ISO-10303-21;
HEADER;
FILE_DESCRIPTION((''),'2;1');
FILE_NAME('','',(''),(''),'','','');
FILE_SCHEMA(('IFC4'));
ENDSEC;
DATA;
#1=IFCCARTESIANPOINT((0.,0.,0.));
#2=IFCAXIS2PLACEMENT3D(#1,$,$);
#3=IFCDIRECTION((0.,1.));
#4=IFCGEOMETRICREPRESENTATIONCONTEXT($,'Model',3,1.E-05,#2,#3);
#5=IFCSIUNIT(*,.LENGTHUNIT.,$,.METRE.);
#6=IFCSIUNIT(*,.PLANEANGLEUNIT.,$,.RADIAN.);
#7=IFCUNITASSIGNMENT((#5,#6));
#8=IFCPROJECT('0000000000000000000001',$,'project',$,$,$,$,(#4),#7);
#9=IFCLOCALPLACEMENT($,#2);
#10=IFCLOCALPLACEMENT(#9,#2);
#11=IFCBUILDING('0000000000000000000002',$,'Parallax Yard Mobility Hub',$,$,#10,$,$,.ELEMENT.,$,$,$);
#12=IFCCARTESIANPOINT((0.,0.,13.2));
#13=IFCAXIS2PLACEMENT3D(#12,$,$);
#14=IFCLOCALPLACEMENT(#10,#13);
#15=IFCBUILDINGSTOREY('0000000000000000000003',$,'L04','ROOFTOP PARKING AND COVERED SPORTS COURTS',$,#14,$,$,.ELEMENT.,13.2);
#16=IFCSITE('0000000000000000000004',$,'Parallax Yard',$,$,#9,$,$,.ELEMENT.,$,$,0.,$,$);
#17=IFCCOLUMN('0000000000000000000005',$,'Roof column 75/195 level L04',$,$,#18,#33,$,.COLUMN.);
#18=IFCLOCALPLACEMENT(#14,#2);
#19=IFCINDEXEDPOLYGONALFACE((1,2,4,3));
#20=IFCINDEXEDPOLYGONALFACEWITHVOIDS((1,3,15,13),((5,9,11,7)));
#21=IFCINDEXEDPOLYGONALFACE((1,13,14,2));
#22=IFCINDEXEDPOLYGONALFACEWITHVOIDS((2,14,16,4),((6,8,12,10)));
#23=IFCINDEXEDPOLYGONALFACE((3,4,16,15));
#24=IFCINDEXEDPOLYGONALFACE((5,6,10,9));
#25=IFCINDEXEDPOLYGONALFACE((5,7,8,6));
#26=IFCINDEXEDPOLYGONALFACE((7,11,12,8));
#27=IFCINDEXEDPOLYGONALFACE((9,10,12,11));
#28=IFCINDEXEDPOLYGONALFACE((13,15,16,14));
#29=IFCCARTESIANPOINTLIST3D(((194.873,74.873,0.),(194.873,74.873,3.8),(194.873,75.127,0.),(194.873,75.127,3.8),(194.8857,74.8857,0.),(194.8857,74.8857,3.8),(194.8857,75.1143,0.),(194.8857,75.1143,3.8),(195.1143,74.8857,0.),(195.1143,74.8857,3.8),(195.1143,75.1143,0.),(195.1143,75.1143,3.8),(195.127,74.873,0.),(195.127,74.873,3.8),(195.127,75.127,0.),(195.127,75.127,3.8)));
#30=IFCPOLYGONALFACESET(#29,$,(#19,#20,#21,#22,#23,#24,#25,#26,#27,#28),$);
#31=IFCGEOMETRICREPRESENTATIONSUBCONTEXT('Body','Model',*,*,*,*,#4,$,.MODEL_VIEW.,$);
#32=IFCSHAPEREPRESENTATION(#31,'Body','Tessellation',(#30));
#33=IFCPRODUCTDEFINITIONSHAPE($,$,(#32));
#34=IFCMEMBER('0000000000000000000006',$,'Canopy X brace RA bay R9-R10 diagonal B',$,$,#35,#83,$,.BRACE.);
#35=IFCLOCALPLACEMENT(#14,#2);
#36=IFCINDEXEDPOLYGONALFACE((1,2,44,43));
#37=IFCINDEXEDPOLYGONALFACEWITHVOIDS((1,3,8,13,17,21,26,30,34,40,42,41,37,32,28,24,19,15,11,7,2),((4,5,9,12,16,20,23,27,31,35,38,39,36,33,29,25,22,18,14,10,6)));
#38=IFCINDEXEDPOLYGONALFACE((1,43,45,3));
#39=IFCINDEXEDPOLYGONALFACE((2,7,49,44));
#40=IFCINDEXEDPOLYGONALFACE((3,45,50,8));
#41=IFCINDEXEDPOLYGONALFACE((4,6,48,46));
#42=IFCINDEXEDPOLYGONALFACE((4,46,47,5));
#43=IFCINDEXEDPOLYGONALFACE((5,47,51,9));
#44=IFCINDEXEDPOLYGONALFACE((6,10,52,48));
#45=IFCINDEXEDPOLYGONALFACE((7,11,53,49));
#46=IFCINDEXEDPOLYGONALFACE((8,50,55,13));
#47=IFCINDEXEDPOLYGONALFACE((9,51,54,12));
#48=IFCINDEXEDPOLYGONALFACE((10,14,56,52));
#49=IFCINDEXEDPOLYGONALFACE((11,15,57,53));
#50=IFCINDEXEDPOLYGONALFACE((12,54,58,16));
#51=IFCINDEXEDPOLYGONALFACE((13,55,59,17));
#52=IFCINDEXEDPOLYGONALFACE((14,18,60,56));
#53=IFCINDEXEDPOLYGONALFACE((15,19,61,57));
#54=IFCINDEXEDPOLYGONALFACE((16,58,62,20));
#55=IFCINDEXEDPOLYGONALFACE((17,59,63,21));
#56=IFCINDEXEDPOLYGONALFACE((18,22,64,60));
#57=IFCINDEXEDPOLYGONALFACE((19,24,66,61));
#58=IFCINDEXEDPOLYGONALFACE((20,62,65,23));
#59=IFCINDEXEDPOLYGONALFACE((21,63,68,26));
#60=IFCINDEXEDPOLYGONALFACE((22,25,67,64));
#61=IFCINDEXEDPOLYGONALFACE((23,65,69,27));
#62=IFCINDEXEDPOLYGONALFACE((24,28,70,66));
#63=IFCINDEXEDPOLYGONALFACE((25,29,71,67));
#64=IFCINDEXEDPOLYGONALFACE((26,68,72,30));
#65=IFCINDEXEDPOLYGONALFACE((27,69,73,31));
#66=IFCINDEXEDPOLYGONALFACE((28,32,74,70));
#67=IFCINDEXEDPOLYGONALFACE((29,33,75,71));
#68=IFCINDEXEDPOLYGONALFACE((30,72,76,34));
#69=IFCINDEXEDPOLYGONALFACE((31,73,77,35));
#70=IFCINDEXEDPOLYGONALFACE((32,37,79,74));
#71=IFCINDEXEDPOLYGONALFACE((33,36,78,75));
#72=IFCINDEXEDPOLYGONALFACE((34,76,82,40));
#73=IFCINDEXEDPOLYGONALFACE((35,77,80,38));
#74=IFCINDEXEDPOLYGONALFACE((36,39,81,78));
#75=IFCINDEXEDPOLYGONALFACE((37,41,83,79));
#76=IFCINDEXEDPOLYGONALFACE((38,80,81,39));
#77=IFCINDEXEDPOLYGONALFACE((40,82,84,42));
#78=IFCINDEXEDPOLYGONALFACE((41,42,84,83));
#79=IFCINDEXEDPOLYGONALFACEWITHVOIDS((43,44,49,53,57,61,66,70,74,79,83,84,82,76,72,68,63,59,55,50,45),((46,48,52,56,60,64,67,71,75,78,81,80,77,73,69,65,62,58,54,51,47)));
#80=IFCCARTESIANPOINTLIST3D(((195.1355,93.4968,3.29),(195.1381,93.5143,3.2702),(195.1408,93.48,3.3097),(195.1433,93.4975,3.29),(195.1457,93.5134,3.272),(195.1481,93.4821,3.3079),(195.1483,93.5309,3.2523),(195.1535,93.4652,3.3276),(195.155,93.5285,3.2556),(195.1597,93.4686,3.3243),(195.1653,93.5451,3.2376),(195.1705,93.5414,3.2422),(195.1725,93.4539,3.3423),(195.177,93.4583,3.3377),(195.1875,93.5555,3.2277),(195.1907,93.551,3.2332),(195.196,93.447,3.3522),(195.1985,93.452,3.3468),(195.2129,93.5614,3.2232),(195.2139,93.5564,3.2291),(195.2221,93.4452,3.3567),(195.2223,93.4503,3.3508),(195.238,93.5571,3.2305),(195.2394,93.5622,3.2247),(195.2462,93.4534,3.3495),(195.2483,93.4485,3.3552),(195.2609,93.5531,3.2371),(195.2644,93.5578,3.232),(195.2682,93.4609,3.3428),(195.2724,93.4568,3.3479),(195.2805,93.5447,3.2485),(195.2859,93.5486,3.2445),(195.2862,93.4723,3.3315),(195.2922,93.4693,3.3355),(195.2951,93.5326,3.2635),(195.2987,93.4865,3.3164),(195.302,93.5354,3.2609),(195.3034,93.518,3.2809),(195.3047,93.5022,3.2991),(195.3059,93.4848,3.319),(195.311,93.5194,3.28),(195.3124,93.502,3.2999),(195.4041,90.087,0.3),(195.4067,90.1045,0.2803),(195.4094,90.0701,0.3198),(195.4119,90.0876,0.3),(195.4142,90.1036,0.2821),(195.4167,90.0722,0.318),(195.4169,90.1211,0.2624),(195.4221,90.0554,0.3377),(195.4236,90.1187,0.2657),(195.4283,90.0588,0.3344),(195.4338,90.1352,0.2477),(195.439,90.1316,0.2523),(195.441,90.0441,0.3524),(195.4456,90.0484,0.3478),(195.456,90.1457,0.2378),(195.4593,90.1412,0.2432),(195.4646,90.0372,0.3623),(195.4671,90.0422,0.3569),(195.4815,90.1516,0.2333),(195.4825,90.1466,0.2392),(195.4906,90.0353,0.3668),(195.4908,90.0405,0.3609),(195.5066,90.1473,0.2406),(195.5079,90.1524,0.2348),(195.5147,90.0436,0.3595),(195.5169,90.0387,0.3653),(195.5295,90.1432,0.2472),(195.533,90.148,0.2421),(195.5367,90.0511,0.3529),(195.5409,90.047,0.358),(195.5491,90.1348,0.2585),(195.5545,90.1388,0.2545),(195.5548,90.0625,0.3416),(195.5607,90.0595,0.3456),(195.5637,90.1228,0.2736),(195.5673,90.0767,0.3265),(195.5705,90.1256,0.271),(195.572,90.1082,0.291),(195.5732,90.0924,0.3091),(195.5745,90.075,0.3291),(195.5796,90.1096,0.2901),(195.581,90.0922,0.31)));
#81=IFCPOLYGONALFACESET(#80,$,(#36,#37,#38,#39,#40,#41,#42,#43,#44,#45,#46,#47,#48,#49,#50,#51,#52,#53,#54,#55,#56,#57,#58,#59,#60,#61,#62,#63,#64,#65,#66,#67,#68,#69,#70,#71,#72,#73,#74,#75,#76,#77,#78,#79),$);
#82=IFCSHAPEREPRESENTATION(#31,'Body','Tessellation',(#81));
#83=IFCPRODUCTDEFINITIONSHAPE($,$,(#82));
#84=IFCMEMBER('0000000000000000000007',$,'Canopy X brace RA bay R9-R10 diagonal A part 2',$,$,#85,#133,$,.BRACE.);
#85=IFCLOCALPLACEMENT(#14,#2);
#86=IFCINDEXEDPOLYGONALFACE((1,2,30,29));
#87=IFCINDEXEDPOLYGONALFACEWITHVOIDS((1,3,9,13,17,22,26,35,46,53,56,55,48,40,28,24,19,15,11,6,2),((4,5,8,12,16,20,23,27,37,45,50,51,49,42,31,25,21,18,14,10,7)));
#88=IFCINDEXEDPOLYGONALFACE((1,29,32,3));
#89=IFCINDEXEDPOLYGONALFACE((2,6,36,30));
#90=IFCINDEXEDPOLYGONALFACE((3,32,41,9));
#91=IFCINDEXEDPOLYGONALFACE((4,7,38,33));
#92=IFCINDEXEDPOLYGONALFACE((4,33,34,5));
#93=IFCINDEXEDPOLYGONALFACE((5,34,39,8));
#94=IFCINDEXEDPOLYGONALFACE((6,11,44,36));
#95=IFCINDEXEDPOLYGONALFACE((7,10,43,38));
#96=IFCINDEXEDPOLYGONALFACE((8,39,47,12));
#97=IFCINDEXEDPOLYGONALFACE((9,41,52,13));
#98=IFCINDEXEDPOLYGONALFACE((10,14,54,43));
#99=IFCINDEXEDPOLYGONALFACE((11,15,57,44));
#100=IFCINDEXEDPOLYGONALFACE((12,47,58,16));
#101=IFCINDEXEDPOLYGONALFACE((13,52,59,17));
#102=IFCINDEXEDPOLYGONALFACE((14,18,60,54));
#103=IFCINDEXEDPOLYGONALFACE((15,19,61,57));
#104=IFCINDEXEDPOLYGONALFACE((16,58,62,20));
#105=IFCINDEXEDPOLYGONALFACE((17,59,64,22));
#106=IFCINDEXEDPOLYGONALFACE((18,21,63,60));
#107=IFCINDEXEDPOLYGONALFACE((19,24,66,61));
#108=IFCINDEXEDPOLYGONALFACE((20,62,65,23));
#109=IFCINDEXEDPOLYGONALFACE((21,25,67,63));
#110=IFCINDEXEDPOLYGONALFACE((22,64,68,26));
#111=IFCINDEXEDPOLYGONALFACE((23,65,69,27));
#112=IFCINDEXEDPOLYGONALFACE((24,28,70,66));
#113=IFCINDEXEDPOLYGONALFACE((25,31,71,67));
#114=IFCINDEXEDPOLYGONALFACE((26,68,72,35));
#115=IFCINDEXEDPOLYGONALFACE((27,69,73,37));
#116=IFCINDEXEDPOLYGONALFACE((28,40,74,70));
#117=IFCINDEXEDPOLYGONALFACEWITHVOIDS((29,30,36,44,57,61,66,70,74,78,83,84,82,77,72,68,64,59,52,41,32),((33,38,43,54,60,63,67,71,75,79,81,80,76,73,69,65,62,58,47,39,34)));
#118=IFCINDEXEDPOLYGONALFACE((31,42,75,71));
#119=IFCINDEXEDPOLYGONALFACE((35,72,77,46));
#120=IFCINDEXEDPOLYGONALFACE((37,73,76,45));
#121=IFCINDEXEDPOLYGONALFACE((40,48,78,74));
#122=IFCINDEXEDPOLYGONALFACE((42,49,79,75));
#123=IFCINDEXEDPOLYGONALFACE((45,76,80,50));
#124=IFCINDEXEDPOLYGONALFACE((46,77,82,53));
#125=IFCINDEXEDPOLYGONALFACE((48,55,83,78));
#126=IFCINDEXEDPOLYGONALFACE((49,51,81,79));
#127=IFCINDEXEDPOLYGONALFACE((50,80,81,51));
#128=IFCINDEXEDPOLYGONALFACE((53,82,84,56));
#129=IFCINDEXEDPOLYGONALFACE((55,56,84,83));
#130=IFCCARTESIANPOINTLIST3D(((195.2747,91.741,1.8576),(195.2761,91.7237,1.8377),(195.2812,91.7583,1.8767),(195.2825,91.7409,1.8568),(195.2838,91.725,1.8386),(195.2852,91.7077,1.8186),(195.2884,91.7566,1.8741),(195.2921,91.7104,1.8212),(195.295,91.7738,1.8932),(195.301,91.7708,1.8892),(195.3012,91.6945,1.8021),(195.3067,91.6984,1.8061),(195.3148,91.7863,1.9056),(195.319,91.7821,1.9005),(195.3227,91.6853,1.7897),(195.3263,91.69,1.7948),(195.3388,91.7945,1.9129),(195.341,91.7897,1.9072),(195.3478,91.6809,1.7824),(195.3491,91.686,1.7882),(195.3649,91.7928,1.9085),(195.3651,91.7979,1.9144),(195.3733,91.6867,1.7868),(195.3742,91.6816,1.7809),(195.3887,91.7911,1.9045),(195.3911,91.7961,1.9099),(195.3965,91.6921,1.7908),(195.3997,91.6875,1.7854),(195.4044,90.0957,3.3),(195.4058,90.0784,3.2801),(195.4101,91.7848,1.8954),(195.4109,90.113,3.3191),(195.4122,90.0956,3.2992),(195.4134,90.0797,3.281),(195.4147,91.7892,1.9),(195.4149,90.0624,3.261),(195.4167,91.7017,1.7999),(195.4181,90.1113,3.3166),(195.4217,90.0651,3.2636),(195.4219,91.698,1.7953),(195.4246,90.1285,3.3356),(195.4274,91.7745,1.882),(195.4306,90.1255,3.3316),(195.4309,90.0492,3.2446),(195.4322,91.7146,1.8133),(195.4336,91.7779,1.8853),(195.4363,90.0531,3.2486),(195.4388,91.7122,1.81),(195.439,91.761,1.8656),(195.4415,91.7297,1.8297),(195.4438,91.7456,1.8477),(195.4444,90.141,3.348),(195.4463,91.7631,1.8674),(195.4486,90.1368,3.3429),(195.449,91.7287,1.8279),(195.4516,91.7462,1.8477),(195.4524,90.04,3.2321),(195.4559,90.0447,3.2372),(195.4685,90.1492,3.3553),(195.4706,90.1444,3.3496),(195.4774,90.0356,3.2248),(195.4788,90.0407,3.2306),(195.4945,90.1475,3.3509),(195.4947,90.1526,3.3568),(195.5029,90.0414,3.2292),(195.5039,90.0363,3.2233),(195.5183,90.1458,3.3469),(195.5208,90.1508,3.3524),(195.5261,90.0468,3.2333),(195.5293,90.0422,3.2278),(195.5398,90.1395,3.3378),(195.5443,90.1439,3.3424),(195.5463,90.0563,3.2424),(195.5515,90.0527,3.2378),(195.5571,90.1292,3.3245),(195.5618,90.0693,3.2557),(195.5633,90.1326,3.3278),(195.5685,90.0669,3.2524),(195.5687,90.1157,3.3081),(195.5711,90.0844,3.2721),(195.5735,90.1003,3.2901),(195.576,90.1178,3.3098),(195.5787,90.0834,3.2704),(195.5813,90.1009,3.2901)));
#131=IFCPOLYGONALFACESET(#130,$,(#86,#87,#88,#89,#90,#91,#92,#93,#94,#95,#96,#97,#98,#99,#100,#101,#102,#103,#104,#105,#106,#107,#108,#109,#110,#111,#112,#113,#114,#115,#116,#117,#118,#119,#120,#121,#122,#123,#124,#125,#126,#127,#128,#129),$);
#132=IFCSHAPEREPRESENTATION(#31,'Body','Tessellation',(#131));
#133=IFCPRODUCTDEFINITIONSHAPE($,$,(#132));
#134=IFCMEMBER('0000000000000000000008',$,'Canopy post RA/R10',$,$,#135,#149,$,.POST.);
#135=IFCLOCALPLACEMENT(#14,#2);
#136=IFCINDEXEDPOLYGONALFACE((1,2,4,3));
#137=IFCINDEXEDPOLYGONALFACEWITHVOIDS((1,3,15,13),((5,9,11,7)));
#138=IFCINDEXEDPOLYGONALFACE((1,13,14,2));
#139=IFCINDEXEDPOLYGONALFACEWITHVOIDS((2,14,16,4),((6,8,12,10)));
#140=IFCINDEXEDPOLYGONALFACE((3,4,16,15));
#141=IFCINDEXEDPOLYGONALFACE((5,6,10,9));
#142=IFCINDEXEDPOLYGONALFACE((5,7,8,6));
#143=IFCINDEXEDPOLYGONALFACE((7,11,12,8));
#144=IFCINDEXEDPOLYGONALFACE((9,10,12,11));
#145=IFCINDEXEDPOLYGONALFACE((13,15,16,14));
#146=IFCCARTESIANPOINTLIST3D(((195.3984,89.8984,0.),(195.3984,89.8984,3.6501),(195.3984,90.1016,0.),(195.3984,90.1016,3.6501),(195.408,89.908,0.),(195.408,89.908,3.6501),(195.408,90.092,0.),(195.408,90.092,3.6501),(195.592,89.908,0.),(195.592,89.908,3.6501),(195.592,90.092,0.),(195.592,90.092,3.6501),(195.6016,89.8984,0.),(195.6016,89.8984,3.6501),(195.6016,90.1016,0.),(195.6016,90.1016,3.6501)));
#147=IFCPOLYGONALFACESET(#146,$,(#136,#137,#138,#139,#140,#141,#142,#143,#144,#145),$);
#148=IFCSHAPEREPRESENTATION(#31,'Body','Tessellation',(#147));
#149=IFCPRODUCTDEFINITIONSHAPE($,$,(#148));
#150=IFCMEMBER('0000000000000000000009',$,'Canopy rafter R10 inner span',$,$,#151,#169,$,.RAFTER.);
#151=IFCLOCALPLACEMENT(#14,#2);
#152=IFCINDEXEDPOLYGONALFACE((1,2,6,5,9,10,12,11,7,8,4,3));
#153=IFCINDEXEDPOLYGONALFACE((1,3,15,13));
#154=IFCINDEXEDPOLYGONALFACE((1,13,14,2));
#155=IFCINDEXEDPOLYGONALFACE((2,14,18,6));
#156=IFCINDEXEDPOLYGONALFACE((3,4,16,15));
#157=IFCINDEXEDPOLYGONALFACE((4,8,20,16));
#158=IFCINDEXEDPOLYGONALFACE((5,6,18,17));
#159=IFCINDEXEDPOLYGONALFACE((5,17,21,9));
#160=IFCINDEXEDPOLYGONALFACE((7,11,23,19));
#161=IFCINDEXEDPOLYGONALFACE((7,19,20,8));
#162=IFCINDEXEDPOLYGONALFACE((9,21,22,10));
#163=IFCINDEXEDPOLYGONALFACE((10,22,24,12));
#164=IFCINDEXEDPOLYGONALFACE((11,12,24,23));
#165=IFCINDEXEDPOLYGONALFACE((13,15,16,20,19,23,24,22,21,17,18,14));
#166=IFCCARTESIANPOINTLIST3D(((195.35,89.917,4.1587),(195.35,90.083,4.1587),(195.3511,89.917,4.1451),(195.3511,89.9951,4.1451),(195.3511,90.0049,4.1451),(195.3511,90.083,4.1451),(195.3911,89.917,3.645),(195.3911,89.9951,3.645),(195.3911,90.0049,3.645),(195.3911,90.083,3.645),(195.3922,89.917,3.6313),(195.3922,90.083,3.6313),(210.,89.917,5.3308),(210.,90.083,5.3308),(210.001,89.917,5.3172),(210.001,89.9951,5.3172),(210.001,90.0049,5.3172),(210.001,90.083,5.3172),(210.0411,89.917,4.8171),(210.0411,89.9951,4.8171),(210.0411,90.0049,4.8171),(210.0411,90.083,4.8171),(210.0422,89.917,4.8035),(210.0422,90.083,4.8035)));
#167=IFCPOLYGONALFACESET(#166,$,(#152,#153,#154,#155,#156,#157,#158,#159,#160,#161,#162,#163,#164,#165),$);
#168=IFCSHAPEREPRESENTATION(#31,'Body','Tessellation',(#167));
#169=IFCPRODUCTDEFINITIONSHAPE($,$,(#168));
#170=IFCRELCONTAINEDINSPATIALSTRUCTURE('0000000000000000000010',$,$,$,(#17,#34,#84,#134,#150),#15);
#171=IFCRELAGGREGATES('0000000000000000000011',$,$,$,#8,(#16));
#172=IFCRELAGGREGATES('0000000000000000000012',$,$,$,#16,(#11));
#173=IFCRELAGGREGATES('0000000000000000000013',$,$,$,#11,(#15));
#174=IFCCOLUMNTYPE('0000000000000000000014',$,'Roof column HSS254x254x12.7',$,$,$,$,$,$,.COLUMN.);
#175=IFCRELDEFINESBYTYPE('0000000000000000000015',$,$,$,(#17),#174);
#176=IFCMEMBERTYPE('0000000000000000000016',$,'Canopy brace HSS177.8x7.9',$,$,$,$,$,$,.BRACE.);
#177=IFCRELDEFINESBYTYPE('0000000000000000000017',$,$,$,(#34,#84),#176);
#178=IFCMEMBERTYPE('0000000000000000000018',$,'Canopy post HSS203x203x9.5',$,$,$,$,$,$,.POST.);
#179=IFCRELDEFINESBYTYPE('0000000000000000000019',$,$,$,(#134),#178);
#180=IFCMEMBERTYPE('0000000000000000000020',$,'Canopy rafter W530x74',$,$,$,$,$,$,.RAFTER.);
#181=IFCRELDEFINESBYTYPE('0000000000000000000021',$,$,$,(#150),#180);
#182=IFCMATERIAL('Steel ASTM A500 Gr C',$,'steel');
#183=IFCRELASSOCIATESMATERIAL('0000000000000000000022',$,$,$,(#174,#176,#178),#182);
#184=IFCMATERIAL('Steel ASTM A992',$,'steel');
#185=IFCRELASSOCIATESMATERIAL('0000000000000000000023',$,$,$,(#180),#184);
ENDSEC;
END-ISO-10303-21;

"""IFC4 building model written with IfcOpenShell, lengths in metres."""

from ifc_helpers import new_model, si_unit, direction, frame, origin, origin_2d, place, context, subcontext, project, spatial, hollow_rectangle, hollow_circle, i_section, extrude, material, material_profile, profile_set, type_object, element, save


model = new_model("IFC4")

# Units and contexts
model_context = context("Model", 3, precision=1e-05, world=origin(), true_north=direction((0.0, 1.0)))
body_context = subcontext(model_context, "Body", "Model", "MODEL_VIEW")
ifc_project = project(units=[si_unit("LENGTHUNIT", "METRE"), si_unit("PLANEANGLEUNIT", "RADIAN")], contexts=[model_context])

# Site, building, storey
site_placement = place(None, origin())
site = spatial("IfcSite", under=ifc_project, at=site_placement, Name="Parallax Yard", CompositionType="ELEMENT", RefElevation=0.0)
building_placement = place(site_placement, origin())
building = spatial("IfcBuilding", under=site, at=building_placement, Name="Parallax Yard Mobility Hub", CompositionType="ELEMENT")
storey_placement = place(building_placement, frame((0.0, 0.0, 13.2)))
storey = spatial("IfcBuildingStorey", under=building, at=storey_placement, Name="L04", Description="ROOFTOP PARKING AND COVERED SPORTS COURTS", CompositionType="ELEMENT", Elevation=13.2)

# Column
ifc_material_1 = material(Name="Steel ASTM A500 Gr C", Category="steel")
ifc_material_profile_1 = material_profile(ifc_material_1, hollow_rectangle(XDim=0.2539, YDim=0.2539, WallThickness=0.0127, at=origin_2d()), Name="HSS254x254x12.7")
ifc_profile_set_1 = profile_set([ifc_material_profile_1], Name="Steel ASTM A500 Gr C")
column_type = type_object("IfcColumnType", Name="Roof column HSS254x254x12.7", PredefinedType="COLUMN", material=ifc_profile_set_1)
column_placement = place(storey_placement, frame((195.0, 75.0, 0.0), z_axis=(0.0, 0.0, 1.0), x_axis=(1.0, 0.0, 0.0)))
element("IfcColumn", 1, at=column_placement, inside=storey, type_object=column_type, Name="Roof column 75/195 level L04", PredefinedType="COLUMN", context=body_context, shape_type="SweptSolid", body=[
    extrude(hollow_rectangle(XDim=0.2539, YDim=0.2539, WallThickness=0.0127, at=origin_2d()), origin(), (0.0, 0.0, 1.0), 3.8),
])

# Members
ifc_material_profile_2 = material_profile(ifc_material_1, hollow_circle(Radius=0.0889, WallThickness=0.0078, at=origin_2d()), Name="HSS177.8x7.9")
ifc_profile_set_2 = profile_set([ifc_material_profile_2], Name="Steel ASTM A500 Gr C")
member_type_1 = type_object("IfcMemberType", Name="Canopy brace HSS177.8x7.9", PredefinedType="BRACE", material=ifc_profile_set_2)
member_1_placement = place(storey_placement, frame((195.4927, 90.094, 0.3), z_axis=(-0.059113, 0.750571, 0.65814), x_axis=(-0.996913, -0.078514, 0.0)))
element("IfcMember", 2, at=member_1_placement, inside=storey, type_object=member_type_1, Name="Canopy X brace RA bay R9-R10 diagonal B", PredefinedType="BRACE", context=body_context, shape_type="SweptSolid", body=[
    extrude(hollow_circle(Radius=0.0889, WallThickness=0.0078, at=origin_2d()), origin(), (0.0, 0.0, 1.0), 4.543),
])
member_2_placement = place(storey_placement, frame((195.363, 91.7393, 1.8477), z_axis=(0.059146, -0.750631, 0.658069), x_axis=(0.99691, 0.078552, 0.0)))
element("IfcMember", 3, at=member_2_placement, inside=storey, type_object=member_type_1, Name="Canopy X brace RA bay R9-R10 diagonal A part 2", PredefinedType="BRACE", context=body_context, shape_type="SweptSolid", body=[
    extrude(hollow_circle(Radius=0.0889, WallThickness=0.0078, at=origin_2d()), origin(), (0.0, 0.0, 1.0), 2.1919),
])
ifc_material_profile_3 = material_profile(ifc_material_1, hollow_rectangle(XDim=0.2031, YDim=0.2031, WallThickness=0.0095, at=origin_2d()), Name="HSS203x203x9.5")
ifc_profile_set_3 = profile_set([ifc_material_profile_3], Name="Steel ASTM A500 Gr C")
member_type_2 = type_object("IfcMemberType", Name="Canopy post HSS203x203x9.5", PredefinedType="POST", material=ifc_profile_set_3)
member_3_placement = place(storey_placement, frame((195.5, 90.0, 0.0), z_axis=(0.0, 0.0, 1.0), x_axis=(1.0, 0.0, 0.0)))
element("IfcMember", 4, at=member_3_placement, inside=storey, type_object=member_type_2, Name="Canopy post RA/R10", PredefinedType="POST", context=body_context, shape_type="SweptSolid", body=[
    extrude(hollow_rectangle(XDim=0.2031, YDim=0.2031, WallThickness=0.0095, at=origin_2d()), origin(), (0.0, 0.0, 1.0), 3.6501),
])
ifc_material_2 = material(Name="Steel ASTM A992", Category="steel")
ifc_material_profile_4 = material_profile(ifc_material_2, i_section(OverallWidth=0.166, OverallDepth=0.5291, WebThickness=0.0098, FlangeThickness=0.0137, at=origin_2d()), Name="W530x74")
ifc_profile_set_4 = profile_set([ifc_material_profile_4], Name="Steel ASTM A992")
member_type_3 = type_object("IfcMemberType", Name="Canopy rafter W530x74", PredefinedType="RAFTER", material=ifc_profile_set_4)
member_4_placement = place(storey_placement, frame((195.3711, 90.0, 3.895), z_axis=(0.996815, 0.0, 0.079754), x_axis=(0.0, 1.0, 0.0)))
element("IfcMember", 5, at=member_4_placement, inside=storey, type_object=member_type_3, Name="Canopy rafter R10 inner span", PredefinedType="RAFTER", context=body_context, shape_type="SweptSolid", body=[
    extrude(i_section(OverallWidth=0.166, OverallDepth=0.5291, WebThickness=0.0098, FlangeThickness=0.0137, at=origin_2d()), origin(), (0.0, 0.0, 1.0), 14.6968),
])

save(model, "model.ifc")
